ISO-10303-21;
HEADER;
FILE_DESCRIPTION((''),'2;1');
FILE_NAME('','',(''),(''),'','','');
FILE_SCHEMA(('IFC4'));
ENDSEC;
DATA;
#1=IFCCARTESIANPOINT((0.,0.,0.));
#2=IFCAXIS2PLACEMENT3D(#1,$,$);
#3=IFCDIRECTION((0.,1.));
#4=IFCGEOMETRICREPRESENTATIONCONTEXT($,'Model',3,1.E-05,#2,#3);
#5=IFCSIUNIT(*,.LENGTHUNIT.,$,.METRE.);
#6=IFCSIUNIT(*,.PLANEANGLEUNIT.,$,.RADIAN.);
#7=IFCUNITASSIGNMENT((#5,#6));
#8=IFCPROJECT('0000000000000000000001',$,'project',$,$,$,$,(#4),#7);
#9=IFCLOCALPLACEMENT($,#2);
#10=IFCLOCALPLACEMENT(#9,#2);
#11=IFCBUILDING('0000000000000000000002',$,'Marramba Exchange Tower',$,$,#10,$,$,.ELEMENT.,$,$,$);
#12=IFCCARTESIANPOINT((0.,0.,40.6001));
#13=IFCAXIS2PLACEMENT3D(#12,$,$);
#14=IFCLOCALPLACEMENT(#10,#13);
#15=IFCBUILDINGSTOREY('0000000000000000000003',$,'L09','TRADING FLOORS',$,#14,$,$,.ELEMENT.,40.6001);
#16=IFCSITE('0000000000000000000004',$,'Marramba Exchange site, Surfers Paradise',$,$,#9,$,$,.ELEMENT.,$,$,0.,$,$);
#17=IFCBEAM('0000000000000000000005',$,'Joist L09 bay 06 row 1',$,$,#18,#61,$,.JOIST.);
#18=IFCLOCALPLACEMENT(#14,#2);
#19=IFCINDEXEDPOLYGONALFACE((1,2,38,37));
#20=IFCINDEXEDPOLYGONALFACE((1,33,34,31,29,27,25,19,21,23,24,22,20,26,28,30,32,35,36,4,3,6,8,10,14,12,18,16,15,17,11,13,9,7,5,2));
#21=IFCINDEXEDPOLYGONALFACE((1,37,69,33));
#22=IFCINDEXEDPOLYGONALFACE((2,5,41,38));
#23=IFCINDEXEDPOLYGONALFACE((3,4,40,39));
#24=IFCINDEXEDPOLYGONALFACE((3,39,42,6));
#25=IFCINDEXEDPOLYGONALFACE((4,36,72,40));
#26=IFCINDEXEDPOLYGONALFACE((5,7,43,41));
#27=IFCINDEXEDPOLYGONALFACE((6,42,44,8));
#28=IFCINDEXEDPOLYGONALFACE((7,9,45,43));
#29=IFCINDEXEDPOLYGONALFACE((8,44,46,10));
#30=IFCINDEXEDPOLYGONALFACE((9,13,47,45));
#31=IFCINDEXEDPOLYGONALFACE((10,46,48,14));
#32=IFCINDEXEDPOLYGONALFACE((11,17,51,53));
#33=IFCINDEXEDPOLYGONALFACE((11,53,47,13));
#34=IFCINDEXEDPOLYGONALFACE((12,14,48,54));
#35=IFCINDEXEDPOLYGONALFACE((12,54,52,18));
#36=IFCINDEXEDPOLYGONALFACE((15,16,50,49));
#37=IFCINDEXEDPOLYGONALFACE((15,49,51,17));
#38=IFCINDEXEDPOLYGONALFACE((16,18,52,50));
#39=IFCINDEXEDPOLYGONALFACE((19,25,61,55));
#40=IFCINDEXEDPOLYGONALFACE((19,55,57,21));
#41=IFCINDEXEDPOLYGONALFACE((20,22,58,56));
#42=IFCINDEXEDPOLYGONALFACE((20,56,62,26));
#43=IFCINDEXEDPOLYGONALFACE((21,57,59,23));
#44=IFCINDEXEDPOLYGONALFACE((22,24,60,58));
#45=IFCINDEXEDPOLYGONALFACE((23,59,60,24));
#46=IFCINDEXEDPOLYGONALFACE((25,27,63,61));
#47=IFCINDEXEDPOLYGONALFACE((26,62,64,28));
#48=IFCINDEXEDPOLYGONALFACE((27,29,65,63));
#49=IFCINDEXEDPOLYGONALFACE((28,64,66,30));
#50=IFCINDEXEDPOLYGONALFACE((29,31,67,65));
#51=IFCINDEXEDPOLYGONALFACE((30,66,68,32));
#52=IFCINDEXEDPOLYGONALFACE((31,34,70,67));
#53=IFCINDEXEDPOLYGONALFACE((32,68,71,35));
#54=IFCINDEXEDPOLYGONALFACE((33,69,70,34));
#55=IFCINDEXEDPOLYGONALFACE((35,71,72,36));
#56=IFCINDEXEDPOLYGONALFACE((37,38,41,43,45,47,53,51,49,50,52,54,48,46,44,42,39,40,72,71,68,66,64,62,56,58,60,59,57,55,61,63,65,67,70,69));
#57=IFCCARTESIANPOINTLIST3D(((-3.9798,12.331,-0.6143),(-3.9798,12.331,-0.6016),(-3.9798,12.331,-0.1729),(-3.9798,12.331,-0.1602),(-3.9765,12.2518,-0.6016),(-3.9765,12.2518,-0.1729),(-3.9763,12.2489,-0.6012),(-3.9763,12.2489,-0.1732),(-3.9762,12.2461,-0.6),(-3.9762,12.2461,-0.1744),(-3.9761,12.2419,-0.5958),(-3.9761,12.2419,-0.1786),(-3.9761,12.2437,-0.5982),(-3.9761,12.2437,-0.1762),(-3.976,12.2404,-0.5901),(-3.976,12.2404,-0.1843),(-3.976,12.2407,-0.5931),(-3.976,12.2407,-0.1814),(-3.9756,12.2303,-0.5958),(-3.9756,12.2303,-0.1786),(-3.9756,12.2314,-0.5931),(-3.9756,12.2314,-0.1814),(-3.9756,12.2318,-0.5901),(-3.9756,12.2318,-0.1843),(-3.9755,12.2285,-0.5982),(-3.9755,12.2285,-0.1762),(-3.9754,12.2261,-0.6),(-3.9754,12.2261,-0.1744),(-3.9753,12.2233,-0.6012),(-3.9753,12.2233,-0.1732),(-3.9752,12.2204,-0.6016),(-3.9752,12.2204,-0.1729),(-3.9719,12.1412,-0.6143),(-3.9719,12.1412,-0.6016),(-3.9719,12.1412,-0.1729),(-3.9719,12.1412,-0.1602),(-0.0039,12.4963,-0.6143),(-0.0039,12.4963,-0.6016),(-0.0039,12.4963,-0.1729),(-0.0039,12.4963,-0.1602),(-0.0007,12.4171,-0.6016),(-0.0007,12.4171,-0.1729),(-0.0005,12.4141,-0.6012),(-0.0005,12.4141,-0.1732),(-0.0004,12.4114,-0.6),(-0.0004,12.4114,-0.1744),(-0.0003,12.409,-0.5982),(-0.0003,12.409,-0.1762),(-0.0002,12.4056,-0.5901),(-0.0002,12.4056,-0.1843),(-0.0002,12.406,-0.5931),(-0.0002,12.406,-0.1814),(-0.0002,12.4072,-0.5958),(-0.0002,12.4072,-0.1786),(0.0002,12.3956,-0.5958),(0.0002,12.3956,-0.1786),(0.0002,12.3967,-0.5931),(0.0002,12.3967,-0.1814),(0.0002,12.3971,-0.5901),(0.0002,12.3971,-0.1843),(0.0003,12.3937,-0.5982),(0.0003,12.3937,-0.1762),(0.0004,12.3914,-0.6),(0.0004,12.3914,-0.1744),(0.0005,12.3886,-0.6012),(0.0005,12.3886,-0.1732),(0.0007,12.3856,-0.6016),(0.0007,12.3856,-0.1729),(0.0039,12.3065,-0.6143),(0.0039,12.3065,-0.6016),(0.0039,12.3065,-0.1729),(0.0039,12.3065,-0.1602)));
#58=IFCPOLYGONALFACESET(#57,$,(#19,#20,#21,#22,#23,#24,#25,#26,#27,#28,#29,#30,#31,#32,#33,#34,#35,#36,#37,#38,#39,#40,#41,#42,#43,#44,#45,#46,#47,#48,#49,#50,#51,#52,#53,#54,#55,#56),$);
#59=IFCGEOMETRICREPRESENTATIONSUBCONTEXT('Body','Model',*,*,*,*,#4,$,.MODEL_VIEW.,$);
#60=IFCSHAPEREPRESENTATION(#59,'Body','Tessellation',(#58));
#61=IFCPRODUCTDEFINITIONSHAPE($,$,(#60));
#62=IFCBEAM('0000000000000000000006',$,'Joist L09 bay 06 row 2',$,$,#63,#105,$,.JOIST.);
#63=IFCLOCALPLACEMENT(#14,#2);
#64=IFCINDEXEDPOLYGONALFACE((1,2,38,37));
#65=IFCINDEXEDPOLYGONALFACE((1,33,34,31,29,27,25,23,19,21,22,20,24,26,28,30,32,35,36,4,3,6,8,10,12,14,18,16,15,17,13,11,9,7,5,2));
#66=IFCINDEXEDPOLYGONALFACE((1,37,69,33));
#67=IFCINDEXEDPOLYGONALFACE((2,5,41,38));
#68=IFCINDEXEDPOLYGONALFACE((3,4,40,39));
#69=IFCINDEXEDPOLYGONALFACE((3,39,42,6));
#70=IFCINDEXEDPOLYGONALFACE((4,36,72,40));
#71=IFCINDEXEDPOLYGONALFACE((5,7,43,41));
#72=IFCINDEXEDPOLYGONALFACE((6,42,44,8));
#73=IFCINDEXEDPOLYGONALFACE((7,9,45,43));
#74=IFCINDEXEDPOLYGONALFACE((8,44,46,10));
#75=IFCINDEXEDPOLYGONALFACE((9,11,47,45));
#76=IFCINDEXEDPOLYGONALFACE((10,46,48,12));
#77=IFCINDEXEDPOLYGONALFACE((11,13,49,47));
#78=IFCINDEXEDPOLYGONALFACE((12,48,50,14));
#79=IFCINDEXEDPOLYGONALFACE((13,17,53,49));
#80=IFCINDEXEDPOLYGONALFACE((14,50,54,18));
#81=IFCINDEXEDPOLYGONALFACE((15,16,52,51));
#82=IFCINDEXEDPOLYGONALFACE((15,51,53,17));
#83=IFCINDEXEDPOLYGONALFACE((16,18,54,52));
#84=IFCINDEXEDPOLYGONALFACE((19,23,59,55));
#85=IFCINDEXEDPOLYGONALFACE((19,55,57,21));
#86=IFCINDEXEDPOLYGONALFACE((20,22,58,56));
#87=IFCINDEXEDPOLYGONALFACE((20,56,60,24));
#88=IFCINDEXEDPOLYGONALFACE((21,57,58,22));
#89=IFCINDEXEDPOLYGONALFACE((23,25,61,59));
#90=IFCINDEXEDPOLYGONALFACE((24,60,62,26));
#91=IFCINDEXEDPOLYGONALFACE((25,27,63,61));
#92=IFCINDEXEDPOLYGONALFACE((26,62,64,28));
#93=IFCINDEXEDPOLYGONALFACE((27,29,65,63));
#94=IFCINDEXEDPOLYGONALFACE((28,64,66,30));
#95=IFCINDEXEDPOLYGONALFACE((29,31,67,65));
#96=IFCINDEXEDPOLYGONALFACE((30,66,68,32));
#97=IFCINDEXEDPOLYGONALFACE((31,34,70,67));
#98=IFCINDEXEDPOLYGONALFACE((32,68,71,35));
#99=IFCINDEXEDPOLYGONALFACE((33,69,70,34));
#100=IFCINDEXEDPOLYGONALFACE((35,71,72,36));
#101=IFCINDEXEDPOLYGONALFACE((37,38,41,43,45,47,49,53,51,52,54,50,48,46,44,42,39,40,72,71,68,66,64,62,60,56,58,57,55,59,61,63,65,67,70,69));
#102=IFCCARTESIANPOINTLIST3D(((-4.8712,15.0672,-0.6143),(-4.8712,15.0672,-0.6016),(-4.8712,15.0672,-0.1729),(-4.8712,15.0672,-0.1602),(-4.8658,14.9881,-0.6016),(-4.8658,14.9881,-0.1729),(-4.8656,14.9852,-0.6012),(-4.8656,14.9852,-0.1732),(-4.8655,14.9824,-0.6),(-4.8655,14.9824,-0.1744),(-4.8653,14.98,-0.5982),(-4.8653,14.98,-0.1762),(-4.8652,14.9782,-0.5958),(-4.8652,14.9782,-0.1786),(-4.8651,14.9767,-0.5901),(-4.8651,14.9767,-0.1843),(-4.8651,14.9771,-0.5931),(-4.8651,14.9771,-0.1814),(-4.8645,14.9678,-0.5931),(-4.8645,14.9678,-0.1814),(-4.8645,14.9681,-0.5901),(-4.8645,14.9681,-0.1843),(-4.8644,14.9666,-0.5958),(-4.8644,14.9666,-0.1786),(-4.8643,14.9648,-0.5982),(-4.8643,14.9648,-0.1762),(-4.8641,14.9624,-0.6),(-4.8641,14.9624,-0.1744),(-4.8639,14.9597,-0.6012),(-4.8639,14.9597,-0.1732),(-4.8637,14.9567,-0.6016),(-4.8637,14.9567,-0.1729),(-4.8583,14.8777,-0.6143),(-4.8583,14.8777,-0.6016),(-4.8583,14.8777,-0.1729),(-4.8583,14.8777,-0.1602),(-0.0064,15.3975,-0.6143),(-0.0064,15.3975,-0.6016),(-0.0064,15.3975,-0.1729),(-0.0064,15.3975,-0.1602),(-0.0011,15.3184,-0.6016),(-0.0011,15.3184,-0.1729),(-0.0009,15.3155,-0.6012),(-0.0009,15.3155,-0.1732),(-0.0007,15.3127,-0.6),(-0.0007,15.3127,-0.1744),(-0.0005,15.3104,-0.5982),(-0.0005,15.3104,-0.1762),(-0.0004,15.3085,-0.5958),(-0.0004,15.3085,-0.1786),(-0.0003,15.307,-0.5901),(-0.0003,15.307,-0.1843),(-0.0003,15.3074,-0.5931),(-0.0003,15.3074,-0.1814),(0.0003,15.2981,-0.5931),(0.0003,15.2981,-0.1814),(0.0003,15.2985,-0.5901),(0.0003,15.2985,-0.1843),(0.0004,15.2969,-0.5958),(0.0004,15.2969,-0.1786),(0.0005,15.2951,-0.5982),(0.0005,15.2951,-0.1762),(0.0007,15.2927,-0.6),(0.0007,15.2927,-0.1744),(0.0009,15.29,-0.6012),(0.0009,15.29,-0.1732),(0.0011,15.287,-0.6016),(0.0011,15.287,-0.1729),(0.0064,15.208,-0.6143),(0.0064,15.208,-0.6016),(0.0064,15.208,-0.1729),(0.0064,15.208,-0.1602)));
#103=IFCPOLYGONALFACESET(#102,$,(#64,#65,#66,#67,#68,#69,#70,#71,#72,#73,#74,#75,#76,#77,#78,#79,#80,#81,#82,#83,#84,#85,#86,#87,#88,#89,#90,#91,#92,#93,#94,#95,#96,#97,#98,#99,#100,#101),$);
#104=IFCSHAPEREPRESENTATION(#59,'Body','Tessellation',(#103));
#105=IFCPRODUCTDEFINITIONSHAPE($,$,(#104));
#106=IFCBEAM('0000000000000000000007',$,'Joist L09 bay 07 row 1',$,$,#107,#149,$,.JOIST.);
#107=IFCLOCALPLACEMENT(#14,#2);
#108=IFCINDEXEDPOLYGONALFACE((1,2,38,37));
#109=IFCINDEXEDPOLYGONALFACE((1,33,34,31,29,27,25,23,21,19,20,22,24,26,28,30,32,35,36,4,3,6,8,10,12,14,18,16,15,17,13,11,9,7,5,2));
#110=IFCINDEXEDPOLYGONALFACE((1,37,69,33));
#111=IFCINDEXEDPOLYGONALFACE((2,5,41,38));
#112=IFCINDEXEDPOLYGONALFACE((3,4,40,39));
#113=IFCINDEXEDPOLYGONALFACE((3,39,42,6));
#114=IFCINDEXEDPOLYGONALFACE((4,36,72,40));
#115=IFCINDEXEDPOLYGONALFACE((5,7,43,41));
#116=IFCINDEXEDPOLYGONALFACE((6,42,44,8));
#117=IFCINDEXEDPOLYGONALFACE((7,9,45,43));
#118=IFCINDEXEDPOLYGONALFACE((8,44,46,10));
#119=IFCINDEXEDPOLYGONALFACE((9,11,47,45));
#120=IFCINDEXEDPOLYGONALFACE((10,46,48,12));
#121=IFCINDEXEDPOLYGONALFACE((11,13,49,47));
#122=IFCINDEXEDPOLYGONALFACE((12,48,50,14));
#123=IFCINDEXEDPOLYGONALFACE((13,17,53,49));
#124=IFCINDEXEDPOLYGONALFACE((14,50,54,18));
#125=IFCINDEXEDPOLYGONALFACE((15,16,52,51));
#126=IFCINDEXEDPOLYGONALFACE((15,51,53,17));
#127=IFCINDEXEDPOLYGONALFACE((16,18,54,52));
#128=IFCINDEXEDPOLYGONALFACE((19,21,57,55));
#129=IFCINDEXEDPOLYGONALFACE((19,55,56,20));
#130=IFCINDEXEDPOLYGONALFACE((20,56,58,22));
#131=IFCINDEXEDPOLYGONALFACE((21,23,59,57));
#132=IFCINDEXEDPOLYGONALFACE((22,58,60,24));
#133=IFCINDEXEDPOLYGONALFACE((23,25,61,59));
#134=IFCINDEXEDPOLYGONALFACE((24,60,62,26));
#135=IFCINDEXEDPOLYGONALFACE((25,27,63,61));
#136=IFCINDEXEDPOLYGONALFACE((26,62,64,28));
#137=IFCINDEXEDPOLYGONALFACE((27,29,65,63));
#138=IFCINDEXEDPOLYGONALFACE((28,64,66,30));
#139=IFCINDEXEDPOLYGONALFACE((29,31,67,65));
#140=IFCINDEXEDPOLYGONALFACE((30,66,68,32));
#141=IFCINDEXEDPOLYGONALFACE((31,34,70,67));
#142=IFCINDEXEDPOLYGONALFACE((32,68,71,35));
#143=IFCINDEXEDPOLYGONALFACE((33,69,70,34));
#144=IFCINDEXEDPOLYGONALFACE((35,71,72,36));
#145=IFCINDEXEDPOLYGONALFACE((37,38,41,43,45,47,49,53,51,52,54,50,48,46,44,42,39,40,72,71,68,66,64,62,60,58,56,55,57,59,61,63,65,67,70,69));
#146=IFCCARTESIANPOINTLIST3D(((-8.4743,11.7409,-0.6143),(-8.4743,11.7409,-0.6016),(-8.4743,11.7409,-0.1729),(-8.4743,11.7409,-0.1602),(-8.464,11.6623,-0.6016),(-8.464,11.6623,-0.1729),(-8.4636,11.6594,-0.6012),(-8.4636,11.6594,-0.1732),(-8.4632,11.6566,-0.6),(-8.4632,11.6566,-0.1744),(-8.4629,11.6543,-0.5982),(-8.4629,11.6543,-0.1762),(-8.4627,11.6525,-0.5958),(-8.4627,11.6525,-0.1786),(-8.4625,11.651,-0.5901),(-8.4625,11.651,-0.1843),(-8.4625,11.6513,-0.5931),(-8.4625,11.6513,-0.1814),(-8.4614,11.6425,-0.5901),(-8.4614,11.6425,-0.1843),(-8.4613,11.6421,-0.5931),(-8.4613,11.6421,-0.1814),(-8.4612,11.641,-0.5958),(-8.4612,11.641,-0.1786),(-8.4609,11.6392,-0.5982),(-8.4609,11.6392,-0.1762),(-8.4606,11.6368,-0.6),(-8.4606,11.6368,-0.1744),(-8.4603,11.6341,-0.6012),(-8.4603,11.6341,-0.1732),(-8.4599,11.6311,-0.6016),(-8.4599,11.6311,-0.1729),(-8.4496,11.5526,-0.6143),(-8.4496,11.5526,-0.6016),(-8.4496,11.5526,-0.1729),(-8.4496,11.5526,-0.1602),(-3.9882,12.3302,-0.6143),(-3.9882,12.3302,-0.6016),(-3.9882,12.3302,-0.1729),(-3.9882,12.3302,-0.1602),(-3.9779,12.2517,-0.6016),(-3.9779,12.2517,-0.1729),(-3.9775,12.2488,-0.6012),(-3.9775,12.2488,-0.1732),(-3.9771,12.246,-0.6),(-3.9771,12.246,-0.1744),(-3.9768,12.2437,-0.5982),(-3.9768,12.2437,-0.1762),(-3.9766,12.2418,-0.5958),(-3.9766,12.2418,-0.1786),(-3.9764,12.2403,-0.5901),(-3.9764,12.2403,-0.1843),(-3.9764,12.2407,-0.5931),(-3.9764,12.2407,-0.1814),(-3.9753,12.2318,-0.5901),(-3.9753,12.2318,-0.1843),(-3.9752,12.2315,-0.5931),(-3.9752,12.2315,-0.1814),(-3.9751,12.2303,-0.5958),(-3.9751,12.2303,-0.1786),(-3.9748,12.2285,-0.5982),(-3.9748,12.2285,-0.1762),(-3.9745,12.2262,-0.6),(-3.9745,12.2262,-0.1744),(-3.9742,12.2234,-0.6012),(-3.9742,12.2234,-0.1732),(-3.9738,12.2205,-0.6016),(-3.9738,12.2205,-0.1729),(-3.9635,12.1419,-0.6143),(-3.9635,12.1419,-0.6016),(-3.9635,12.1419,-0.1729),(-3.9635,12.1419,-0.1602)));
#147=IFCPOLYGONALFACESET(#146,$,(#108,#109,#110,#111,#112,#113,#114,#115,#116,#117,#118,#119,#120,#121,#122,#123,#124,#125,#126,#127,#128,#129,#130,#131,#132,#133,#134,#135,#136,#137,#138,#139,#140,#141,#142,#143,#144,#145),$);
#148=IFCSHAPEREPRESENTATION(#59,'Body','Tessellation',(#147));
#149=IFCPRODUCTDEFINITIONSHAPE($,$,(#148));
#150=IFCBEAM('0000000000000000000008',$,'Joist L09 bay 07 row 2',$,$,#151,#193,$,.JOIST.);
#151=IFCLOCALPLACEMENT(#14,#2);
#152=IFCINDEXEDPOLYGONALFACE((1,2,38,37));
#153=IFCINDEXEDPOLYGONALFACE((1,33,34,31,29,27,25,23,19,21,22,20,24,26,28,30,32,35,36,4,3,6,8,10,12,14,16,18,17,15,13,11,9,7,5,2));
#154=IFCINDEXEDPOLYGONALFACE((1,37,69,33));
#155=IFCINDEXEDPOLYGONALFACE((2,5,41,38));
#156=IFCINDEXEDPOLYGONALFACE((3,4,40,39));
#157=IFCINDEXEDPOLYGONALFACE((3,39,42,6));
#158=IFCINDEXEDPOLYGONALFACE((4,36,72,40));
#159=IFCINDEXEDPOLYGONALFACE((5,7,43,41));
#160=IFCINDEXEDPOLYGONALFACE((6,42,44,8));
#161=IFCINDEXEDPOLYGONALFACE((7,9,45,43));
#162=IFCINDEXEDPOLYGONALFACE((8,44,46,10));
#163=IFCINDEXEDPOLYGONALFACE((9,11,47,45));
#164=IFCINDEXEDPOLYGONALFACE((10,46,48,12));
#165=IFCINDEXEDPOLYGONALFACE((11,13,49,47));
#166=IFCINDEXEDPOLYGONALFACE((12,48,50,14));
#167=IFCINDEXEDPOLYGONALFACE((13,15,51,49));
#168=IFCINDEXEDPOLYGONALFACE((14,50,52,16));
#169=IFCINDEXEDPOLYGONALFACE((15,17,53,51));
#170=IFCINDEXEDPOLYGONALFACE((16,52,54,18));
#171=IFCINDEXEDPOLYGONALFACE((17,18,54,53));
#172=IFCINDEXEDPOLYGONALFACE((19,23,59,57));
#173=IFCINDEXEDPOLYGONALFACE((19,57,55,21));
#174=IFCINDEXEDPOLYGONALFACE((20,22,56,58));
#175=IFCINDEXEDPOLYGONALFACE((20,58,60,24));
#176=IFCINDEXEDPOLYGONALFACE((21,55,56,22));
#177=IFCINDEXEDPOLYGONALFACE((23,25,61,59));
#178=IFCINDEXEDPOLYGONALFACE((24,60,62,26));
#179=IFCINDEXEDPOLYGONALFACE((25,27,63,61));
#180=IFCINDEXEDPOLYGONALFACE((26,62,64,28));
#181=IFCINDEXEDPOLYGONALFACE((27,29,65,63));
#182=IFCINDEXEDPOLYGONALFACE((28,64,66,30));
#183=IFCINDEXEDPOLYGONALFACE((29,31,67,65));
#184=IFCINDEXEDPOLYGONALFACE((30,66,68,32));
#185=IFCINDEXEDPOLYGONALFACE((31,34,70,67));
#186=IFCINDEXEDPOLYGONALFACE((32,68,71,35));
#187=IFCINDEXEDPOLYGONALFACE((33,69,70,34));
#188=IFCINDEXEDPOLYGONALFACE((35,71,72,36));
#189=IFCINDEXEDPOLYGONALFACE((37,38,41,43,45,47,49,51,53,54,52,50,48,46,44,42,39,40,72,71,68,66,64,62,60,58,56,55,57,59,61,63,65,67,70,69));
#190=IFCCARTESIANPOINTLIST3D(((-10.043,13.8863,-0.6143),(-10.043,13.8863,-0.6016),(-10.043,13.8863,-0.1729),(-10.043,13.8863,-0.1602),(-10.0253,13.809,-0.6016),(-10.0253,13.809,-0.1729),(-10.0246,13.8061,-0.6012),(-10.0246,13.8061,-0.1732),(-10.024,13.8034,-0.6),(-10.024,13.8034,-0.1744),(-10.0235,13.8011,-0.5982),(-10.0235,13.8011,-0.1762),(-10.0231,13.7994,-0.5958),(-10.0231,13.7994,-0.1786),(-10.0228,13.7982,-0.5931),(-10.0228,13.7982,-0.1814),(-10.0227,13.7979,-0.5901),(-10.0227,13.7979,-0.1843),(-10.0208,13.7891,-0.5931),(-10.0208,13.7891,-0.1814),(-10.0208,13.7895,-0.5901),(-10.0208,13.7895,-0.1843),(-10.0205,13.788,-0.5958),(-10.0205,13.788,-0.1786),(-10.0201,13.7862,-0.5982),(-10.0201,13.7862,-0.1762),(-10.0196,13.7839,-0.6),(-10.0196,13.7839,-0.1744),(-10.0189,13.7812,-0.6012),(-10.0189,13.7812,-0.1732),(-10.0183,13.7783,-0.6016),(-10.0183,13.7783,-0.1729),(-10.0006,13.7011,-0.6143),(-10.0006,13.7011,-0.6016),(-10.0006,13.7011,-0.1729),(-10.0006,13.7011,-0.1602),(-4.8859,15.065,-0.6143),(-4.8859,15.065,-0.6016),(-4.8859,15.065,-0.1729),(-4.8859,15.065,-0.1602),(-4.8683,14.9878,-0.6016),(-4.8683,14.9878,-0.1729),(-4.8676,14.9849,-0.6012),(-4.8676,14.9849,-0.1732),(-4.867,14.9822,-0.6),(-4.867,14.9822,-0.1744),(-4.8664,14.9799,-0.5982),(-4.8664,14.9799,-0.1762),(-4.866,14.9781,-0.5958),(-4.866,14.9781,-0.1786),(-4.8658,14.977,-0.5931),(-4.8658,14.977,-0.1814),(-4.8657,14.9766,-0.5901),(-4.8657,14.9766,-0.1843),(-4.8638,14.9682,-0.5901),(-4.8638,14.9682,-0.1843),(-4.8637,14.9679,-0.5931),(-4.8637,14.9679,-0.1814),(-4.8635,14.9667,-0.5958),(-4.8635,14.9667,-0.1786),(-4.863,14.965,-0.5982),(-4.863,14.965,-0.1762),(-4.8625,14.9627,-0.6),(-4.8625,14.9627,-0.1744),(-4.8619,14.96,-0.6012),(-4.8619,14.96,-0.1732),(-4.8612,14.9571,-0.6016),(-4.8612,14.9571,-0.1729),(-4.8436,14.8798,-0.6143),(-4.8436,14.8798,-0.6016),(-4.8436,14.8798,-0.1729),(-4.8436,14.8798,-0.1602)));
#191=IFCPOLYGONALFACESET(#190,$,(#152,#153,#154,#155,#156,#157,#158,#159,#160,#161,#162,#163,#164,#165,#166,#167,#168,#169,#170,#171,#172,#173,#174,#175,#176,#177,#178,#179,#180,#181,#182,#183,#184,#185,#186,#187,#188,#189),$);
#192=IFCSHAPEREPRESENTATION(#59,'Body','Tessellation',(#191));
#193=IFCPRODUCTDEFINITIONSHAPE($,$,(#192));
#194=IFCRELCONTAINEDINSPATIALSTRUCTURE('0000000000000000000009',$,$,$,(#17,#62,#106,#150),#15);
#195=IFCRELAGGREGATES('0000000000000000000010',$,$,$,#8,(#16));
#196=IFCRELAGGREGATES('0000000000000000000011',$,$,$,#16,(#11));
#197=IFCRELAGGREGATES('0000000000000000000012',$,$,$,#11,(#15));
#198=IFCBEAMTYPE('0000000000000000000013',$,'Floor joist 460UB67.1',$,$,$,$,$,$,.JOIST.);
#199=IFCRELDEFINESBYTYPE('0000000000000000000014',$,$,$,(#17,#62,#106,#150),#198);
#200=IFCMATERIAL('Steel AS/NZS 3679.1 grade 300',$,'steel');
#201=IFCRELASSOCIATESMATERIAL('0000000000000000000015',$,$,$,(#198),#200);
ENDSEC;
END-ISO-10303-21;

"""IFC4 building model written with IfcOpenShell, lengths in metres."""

from ifc_helpers import new_model, si_unit, direction, frame, origin, origin_2d, place, context, subcontext, project, spatial, i_section, extrude, material, material_profile, profile_set, type_object, element, save


model = new_model("IFC4")

# Units and contexts
model_context = context("Model", 3, precision=1e-05, world=origin(), true_north=direction((0.0, 1.0)))
body_context = subcontext(model_context, "Body", "Model", "MODEL_VIEW")
ifc_project = project(units=[si_unit("LENGTHUNIT", "METRE"), si_unit("PLANEANGLEUNIT", "RADIAN")], contexts=[model_context])

# Site, building, storey
site_placement = place(None, origin())
site = spatial("IfcSite", under=ifc_project, at=site_placement, Name="Marramba Exchange site, Surfers Paradise", CompositionType="ELEMENT", RefElevation=0.0)
building_placement = place(site_placement, origin())
building = spatial("IfcBuilding", under=site, at=building_placement, Name="Marramba Exchange Tower", CompositionType="ELEMENT")
storey_placement = place(building_placement, frame((0.0, 0.0, 40.6001)))
storey = spatial("IfcBuildingStorey", under=building, at=storey_placement, Name="L09", Description="TRADING FLOORS", CompositionType="ELEMENT", Elevation=40.6001)

# Beams
ifc_material_1 = material(Name="Steel AS/NZS 3679.1 grade 300", Category="steel")
ifc_material_profile_1 = material_profile(ifc_material_1, i_section(OverallWidth=0.1899, OverallDepth=0.4541, WebThickness=0.0085, FlangeThickness=0.0127, FilletRadius=0.0115, at=origin_2d()), Name="460UB67.1")
ifc_profile_set_1 = profile_set([ifc_material_profile_1], Name="Steel AS/NZS 3679.1 grade 300")
beam_type_1 = type_object("IfcBeamType", Name="Floor joist 460UB67.1", PredefinedType="JOIST", material=ifc_profile_set_1)
beam_1_placement = place(storey_placement, frame((0.0, 12.4014, -0.3872), z_axis=(-0.999137, -0.041536, 0.0), x_axis=(0.041536, -0.999137, 0.0)))
element("IfcBeam", 1, at=beam_1_placement, inside=storey, type_object=beam_type_1, Name="Joist L09 bay 06 row 1", PredefinedType="JOIST", context=body_context, shape_type="SweptSolid", body=[
    extrude(i_section(OverallWidth=0.1899, OverallDepth=0.4541, WebThickness=0.0085, FlangeThickness=0.0127, FilletRadius=0.0115, at=origin_2d()), origin(), (0.0, 0.0, 1.0), 3.9792),
])
beam_2_placement = place(storey_placement, frame((0.0, 15.3027, -0.3872), z_axis=(-0.997703, -0.067745, 0.0), x_axis=(0.067745, -0.997703, 0.0)))
element("IfcBeam", 2, at=beam_2_placement, inside=storey, type_object=beam_type_1, Name="Joist L09 bay 06 row 2", PredefinedType="JOIST", context=body_context, shape_type="SweptSolid", body=[
    extrude(i_section(OverallWidth=0.1899, OverallDepth=0.4541, WebThickness=0.0085, FlangeThickness=0.0127, FilletRadius=0.0115, at=origin_2d()), origin(), (0.0, 0.0, 1.0), 4.876),
])
beam_3_placement = place(storey_placement, frame((-3.9758, 12.2361, -0.3872), z_axis=(-0.991481, -0.130255, 0.0), x_axis=(0.130255, -0.991481, 0.0)))
element("IfcBeam", 3, at=beam_3_placement, inside=storey, type_object=beam_type_1, Name="Joist L09 bay 07 row 1", PredefinedType="JOIST", context=body_context, shape_type="SweptSolid", body=[
    extrude(i_section(OverallWidth=0.1899, OverallDepth=0.4541, WebThickness=0.0085, FlangeThickness=0.0127, FilletRadius=0.0115, at=origin_2d()), origin(), (0.0, 0.0, 1.0), 4.5247),
])
beam_4_placement = place(storey_placement, frame((-4.8647, 14.9724, -0.3872), z_axis=(-0.97486, -0.22282, 0.0), x_axis=(0.22282, -0.97486, 0.0)))
element("IfcBeam", 4, at=beam_4_placement, inside=storey, type_object=beam_type_1, Name="Joist L09 bay 07 row 2", PredefinedType="JOIST", context=body_context, shape_type="SweptSolid", body=[
    extrude(i_section(OverallWidth=0.1899, OverallDepth=0.4541, WebThickness=0.0085, FlangeThickness=0.0127, FilletRadius=0.0115, at=origin_2d()), origin(), (0.0, 0.0, 1.0), 5.29),
])

save(model, "model.ifc")
